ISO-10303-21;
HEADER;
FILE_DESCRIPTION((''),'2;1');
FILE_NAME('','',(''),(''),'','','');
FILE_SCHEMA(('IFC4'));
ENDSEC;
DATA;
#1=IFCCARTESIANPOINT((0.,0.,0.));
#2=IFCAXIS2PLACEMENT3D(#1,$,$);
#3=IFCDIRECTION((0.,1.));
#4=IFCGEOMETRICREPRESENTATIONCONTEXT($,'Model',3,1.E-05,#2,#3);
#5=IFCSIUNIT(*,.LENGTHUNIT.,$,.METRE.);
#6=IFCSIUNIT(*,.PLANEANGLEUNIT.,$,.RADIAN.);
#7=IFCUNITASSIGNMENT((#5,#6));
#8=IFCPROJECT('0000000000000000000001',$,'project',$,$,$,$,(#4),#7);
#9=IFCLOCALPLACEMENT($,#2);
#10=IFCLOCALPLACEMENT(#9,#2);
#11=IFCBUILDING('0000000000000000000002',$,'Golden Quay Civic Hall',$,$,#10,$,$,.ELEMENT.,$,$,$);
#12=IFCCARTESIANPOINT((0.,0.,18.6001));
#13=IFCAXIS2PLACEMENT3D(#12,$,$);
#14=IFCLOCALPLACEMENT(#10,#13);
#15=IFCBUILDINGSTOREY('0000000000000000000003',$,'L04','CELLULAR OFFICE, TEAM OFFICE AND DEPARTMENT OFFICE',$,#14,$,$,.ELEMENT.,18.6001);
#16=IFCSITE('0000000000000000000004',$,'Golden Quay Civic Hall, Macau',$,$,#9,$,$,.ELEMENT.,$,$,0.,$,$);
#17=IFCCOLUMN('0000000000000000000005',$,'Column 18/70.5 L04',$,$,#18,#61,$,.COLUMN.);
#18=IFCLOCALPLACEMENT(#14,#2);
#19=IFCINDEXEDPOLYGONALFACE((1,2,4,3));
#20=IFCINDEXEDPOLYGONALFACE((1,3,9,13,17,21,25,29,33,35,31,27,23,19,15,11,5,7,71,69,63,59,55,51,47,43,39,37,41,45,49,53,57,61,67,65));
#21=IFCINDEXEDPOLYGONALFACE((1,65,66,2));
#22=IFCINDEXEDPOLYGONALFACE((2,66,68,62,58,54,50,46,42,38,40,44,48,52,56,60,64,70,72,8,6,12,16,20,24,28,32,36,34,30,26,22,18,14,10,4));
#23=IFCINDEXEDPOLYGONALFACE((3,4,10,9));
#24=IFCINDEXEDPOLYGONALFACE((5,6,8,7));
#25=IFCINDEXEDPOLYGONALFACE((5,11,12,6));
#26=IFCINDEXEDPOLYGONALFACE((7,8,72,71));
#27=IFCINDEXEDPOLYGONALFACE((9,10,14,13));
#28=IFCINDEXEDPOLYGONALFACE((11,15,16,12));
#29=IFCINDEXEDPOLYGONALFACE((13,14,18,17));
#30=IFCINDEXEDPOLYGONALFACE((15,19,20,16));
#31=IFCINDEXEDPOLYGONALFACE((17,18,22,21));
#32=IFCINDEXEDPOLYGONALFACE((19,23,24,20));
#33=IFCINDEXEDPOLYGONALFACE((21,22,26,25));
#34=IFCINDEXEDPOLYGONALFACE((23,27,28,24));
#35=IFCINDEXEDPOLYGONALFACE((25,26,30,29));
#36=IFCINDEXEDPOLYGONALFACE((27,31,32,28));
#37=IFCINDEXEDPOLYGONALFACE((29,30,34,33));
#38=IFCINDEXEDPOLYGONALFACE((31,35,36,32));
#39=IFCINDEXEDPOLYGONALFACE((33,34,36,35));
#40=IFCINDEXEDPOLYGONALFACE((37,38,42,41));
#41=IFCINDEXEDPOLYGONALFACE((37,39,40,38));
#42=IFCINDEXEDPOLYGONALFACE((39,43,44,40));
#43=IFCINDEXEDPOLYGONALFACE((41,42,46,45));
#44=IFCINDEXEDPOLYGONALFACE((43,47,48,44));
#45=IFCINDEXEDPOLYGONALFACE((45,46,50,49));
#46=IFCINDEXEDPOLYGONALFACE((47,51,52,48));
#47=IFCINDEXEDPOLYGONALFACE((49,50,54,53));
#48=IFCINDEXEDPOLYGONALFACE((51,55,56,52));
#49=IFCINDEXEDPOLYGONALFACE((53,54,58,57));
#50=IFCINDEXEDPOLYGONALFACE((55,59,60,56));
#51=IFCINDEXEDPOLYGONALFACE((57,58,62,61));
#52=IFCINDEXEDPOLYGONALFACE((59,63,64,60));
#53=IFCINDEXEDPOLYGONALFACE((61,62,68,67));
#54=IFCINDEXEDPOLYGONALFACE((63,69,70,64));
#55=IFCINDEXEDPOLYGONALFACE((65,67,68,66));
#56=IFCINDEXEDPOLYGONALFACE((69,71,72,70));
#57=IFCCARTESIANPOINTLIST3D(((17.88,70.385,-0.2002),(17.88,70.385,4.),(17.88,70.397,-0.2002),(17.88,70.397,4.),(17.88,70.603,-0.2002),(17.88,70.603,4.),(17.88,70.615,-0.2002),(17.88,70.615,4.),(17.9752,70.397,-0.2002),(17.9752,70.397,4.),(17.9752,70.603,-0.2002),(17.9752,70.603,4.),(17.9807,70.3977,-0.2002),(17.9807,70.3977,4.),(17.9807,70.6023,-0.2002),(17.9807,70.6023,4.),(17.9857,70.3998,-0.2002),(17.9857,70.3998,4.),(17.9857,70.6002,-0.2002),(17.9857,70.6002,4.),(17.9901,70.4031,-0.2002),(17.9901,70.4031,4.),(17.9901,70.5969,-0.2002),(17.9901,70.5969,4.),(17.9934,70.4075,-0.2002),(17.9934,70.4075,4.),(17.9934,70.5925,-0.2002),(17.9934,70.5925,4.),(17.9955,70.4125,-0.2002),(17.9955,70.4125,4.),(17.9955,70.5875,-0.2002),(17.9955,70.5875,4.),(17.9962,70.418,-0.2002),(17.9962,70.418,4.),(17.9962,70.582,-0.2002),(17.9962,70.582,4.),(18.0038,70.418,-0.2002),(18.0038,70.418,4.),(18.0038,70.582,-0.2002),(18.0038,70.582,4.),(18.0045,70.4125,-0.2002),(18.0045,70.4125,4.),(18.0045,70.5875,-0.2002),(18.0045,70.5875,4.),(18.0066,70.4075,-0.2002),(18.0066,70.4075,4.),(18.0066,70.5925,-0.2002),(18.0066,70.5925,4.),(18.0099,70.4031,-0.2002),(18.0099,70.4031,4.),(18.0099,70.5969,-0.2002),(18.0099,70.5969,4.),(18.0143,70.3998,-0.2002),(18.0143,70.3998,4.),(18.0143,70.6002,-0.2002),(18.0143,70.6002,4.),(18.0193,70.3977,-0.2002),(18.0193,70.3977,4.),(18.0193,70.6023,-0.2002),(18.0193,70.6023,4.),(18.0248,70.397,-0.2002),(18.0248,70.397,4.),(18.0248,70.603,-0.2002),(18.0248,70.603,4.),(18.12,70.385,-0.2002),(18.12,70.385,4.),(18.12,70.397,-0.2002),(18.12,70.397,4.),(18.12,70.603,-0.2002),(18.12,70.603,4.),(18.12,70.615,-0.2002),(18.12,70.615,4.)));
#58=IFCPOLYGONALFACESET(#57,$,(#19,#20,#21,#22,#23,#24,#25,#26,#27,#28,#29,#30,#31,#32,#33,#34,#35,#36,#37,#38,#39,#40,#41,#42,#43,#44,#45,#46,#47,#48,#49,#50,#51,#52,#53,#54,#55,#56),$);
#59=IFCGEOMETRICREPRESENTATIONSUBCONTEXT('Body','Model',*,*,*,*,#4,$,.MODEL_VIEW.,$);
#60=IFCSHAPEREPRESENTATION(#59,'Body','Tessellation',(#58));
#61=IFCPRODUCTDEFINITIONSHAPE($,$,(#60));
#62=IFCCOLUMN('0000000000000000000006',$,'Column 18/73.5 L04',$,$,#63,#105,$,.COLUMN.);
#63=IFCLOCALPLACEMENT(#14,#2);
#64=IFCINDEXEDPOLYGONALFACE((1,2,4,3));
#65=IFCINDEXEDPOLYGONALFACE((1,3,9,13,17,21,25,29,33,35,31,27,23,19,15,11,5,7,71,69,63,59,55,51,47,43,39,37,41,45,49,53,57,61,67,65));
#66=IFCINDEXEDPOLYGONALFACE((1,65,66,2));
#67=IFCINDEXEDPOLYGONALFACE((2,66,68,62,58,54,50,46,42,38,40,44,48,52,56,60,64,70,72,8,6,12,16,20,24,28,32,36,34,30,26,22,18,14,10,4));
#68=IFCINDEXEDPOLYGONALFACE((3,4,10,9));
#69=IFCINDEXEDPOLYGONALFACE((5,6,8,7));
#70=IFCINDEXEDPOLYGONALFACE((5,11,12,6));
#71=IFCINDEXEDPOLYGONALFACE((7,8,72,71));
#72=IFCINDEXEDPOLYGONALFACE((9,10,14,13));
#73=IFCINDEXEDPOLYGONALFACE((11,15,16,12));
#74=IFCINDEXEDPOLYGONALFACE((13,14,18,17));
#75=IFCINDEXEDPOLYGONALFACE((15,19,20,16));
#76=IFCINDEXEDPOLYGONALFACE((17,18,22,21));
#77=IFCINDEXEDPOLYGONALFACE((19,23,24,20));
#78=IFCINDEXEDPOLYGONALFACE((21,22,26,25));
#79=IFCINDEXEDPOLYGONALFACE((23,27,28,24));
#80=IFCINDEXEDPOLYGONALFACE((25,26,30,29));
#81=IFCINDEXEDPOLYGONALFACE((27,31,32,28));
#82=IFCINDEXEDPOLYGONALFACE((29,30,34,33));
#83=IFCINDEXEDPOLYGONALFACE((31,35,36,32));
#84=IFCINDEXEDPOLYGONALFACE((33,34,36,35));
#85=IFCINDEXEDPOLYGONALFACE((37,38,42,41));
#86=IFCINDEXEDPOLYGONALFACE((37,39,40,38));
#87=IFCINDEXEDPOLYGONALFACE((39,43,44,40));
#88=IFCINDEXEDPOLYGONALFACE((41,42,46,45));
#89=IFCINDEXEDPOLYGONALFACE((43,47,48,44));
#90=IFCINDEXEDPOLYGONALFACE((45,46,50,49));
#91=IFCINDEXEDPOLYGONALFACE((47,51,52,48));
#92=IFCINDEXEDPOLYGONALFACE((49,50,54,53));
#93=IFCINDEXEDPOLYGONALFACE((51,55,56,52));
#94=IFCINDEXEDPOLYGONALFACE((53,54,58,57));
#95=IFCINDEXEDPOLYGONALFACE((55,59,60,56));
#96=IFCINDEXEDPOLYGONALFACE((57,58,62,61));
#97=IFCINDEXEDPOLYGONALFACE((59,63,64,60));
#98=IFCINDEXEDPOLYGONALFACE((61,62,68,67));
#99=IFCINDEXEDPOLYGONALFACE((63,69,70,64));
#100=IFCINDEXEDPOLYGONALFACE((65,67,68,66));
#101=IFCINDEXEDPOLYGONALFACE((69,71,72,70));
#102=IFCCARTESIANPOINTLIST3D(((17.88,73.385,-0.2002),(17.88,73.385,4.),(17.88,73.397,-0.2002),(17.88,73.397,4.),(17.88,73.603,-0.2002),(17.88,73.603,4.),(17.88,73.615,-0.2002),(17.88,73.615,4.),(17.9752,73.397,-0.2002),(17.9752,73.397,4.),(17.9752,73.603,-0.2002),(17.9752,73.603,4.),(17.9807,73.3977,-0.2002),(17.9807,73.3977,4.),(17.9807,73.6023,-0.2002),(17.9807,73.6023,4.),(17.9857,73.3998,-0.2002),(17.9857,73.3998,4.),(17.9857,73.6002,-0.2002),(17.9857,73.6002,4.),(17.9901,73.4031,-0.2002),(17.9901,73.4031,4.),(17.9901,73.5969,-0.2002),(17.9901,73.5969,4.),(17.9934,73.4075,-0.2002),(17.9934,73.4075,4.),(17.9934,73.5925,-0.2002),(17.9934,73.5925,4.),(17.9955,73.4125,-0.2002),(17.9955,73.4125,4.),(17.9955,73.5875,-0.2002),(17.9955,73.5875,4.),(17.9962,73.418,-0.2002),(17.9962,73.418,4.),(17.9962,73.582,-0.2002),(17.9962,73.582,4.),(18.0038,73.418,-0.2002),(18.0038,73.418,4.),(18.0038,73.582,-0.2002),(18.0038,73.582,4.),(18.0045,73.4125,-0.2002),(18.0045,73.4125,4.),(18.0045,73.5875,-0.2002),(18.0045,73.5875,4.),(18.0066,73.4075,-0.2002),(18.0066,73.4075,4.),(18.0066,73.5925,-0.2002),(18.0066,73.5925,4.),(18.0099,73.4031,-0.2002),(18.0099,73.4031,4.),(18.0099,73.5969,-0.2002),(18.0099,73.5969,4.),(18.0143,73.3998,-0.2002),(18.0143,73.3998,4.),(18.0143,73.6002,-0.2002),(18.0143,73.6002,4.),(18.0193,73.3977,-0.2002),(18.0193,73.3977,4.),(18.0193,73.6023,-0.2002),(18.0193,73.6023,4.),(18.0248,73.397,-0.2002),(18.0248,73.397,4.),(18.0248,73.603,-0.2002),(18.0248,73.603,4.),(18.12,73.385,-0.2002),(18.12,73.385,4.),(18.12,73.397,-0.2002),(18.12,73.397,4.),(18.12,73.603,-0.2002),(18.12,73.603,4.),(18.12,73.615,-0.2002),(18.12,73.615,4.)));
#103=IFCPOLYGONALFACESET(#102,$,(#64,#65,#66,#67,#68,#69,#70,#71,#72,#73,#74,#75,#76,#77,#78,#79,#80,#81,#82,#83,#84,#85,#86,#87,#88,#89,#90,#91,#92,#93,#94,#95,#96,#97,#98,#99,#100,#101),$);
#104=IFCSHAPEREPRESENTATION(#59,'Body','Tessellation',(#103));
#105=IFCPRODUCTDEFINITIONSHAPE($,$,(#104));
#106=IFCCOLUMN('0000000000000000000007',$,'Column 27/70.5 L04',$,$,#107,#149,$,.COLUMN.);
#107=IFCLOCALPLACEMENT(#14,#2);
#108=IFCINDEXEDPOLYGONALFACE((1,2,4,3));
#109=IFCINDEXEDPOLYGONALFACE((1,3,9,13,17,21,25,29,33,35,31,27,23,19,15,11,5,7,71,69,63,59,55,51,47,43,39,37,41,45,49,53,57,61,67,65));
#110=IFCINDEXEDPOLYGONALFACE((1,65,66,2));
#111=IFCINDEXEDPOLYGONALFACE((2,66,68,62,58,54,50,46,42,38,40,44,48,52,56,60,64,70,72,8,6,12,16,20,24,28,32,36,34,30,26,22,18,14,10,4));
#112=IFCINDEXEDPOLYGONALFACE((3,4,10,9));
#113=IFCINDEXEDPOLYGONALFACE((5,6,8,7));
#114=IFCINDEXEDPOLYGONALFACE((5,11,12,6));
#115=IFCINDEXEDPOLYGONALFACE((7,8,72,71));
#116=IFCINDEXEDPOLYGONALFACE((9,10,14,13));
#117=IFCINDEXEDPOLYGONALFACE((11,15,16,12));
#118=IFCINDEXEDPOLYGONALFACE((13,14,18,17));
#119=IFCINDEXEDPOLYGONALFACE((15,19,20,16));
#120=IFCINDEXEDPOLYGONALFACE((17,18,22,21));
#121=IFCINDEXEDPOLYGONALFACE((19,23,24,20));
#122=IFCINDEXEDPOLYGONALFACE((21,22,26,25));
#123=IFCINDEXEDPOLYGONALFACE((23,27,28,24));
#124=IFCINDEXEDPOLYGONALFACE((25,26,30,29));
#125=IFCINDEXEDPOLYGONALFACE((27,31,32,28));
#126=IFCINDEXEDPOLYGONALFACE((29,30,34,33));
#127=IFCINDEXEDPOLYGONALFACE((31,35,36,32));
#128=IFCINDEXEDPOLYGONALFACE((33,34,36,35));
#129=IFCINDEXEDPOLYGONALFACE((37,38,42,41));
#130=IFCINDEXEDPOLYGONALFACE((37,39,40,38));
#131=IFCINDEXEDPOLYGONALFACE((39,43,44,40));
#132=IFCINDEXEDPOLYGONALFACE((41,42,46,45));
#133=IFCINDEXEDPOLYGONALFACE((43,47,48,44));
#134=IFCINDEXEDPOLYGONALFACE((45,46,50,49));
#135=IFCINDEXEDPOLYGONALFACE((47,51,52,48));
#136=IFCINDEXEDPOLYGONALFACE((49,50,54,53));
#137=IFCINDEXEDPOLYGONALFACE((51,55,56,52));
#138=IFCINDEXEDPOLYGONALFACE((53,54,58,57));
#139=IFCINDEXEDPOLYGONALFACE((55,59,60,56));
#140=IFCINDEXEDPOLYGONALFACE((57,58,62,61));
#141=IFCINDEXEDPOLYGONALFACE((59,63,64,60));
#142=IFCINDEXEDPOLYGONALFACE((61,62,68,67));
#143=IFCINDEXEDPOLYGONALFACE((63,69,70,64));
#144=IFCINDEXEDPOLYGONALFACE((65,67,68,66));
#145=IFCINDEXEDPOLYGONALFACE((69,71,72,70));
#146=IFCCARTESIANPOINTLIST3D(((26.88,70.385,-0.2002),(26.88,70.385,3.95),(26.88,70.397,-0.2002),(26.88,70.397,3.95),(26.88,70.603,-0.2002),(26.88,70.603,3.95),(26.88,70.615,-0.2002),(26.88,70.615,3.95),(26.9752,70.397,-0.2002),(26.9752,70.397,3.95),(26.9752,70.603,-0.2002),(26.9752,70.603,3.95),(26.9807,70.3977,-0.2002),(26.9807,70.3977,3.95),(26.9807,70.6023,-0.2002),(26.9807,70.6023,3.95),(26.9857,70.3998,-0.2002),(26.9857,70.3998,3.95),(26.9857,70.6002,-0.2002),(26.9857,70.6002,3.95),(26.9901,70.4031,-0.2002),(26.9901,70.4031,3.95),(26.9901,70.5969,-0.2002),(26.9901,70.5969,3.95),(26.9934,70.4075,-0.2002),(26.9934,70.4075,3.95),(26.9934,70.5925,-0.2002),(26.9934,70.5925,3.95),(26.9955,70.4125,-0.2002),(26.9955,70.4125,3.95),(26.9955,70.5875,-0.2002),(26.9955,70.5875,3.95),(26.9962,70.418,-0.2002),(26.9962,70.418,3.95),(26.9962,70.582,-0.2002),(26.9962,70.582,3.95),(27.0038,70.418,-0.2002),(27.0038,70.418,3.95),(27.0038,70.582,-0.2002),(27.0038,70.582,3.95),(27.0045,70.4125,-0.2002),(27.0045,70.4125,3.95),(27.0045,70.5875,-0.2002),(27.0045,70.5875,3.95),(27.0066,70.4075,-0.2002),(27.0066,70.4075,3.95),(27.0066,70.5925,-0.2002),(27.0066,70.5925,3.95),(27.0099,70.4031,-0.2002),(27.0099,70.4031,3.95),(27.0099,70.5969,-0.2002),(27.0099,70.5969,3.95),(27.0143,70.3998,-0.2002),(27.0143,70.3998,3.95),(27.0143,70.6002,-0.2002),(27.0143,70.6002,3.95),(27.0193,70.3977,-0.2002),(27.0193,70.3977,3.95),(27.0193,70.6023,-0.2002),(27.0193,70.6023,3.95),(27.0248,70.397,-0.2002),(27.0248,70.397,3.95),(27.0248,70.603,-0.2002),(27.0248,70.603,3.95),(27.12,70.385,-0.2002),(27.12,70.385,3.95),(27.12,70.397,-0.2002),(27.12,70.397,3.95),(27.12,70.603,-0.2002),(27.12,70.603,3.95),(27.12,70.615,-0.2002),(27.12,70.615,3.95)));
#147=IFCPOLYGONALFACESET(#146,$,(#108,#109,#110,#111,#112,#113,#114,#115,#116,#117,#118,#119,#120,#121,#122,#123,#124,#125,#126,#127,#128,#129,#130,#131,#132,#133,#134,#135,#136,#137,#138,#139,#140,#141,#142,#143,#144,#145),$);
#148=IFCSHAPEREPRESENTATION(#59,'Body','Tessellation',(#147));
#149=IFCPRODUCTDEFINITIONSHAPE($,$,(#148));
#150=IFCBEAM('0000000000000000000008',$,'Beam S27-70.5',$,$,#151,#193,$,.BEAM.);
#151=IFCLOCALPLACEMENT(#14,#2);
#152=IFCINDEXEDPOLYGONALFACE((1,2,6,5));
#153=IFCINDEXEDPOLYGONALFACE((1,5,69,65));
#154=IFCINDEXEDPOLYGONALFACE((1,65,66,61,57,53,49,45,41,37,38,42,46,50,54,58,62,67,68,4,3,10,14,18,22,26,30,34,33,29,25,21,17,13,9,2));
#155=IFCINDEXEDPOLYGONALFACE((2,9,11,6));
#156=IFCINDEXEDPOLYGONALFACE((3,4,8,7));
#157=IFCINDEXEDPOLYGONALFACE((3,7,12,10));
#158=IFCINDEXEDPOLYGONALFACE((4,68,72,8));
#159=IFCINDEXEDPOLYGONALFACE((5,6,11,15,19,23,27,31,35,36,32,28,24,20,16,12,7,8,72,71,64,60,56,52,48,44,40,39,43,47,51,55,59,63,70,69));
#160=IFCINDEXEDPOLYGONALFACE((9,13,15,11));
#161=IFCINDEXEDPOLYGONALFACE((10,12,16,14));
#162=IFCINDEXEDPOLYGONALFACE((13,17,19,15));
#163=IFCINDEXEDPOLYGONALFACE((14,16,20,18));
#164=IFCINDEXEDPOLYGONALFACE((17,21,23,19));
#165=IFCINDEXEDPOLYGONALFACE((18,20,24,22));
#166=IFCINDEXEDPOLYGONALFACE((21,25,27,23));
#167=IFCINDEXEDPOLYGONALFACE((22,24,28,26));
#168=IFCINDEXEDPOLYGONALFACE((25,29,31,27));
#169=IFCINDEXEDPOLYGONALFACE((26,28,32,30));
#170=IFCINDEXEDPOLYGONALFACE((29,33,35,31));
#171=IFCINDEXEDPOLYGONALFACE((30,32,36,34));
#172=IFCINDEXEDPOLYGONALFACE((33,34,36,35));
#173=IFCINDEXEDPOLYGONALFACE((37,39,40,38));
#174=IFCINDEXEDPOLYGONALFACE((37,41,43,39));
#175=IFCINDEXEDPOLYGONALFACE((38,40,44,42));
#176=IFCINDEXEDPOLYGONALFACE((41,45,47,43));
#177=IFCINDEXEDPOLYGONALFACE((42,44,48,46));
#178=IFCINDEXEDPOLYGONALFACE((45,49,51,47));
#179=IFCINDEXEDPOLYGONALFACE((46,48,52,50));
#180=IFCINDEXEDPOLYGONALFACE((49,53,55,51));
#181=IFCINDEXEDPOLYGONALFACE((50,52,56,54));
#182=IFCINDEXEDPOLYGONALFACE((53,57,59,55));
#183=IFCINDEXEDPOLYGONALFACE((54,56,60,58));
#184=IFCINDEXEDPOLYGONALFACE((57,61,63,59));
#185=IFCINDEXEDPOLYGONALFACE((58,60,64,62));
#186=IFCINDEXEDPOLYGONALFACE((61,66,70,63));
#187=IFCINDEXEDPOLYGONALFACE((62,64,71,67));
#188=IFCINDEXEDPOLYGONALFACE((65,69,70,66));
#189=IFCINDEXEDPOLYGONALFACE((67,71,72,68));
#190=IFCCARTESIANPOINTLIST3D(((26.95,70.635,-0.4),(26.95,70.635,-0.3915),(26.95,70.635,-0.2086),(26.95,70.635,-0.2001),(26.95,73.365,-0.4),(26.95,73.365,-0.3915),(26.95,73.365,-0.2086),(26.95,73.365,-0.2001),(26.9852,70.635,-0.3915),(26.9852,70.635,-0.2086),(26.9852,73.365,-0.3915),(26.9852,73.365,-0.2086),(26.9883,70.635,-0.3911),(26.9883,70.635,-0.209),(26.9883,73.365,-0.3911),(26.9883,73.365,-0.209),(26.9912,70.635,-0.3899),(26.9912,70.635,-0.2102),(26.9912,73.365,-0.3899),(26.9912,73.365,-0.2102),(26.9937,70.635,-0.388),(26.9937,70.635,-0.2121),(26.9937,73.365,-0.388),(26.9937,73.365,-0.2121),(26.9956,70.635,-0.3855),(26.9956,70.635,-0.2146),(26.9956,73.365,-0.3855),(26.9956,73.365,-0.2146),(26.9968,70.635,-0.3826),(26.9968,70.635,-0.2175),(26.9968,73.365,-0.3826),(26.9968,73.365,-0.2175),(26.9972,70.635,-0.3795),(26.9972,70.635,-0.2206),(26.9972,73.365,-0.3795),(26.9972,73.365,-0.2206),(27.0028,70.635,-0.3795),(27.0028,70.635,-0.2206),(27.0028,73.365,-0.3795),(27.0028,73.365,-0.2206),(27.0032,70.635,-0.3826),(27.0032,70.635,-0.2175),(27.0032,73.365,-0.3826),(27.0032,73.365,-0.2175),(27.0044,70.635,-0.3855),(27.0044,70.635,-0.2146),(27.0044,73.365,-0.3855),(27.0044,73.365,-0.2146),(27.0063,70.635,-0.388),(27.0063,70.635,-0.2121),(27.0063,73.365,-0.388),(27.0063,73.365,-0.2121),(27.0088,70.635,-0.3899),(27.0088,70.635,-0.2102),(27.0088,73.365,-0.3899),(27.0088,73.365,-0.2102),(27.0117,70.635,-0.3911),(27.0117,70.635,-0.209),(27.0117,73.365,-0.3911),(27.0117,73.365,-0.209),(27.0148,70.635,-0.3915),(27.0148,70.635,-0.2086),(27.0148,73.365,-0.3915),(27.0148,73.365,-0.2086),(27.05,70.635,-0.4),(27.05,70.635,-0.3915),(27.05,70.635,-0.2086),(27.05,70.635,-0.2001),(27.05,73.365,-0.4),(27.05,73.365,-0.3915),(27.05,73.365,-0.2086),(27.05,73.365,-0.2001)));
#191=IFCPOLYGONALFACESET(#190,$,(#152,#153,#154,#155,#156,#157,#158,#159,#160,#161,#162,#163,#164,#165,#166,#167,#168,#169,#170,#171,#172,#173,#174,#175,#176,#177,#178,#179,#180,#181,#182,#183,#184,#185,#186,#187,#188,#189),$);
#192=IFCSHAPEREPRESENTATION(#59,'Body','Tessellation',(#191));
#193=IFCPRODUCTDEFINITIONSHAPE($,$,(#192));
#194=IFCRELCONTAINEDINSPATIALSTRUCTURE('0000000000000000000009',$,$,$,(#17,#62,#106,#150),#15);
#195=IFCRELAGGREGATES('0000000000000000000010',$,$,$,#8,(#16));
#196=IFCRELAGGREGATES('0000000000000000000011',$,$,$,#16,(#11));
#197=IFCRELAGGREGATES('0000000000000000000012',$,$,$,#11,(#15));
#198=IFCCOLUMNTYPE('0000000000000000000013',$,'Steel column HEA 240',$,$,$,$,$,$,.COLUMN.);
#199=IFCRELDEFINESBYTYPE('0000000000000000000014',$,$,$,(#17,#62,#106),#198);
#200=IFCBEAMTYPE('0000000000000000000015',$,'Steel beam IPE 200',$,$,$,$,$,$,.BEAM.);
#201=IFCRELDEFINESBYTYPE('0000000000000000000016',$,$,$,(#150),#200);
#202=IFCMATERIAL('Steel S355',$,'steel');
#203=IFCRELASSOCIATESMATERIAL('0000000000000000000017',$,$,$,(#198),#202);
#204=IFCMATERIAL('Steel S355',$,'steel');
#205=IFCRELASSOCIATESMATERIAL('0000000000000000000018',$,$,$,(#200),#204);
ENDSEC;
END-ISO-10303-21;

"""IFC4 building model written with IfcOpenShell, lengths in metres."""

from ifc_helpers import new_model, si_unit, direction, frame, origin, origin_2d, place, context, subcontext, project, spatial, i_section, extrude, material, material_profile, profile_set, type_object, element, save


model = new_model("IFC4")

# Units and contexts
model_context = context("Model", 3, precision=1e-05, world=origin(), true_north=direction((0.0, 1.0)))
body_context = subcontext(model_context, "Body", "Model", "MODEL_VIEW")
ifc_project = project(units=[si_unit("LENGTHUNIT", "METRE"), si_unit("PLANEANGLEUNIT", "RADIAN")], contexts=[model_context])

# Site, building, storey
site_placement = place(None, origin())
site = spatial("IfcSite", under=ifc_project, at=site_placement, Name="Golden Quay Civic Hall, Macau", CompositionType="ELEMENT", RefElevation=0.0)
building_placement = place(site_placement, origin())
building = spatial("IfcBuilding", under=site, at=building_placement, Name="Golden Quay Civic Hall", CompositionType="ELEMENT")
storey_placement = place(building_placement, frame((0.0, 0.0, 18.6001)))
storey = spatial("IfcBuildingStorey", under=building, at=storey_placement, Name="L04", Description="CELLULAR OFFICE, TEAM OFFICE AND DEPARTMENT OFFICE", CompositionType="ELEMENT", Elevation=18.6001)

# Columns
ifc_material_1 = material(Name="Steel S355", Category="steel")
ifc_material_profile_1 = material_profile(ifc_material_1, i_section(OverallWidth=0.24, OverallDepth=0.23, WebThickness=0.0076, FlangeThickness=0.012, FilletRadius=0.021, at=origin_2d()), Name="HEA 240")
ifc_profile_set_1 = profile_set([ifc_material_profile_1], Name="Steel S355")
column_type = type_object("IfcColumnType", Name="Steel column HEA 240", PredefinedType="COLUMN", material=ifc_profile_set_1)
for number, where, z_axis, x_axis, name in (
    (1, (18.0, 70.5, -0.2002), (0.0, 0.0, 1.0), (1.0, 0.0, 0.0), "Column 18/70.5 L04"),
    (2, (18.0, 73.5, -0.2002), (0.0, 0.0, 1.0), (1.0, 0.0, 0.0), "Column 18/73.5 L04"),
):
    element("IfcColumn", number, at=place(storey_placement, frame(where, z_axis=z_axis, x_axis=x_axis)), inside=storey, type_object=column_type, Name=name, PredefinedType="COLUMN", context=body_context, shape_type="SweptSolid", body=[
        extrude(i_section(OverallWidth=0.24, OverallDepth=0.23, WebThickness=0.0076, FlangeThickness=0.012, FilletRadius=0.021, at=origin_2d()), origin(), (0.0, 0.0, 1.0), 4.2002),
    ])
column_placement = place(storey_placement, frame((27.0, 70.5, -0.2002), z_axis=(0.0, 0.0, 1.0), x_axis=(1.0, 0.0, 0.0)))
element("IfcColumn", 3, at=column_placement, inside=storey, type_object=column_type, Name="Column 27/70.5 L04", PredefinedType="COLUMN", context=body_context, shape_type="SweptSolid", body=[
    extrude(i_section(OverallWidth=0.24, OverallDepth=0.23, WebThickness=0.0076, FlangeThickness=0.012, FilletRadius=0.021, at=origin_2d()), origin(), (0.0, 0.0, 1.0), 4.1501),
])

# Beam
ifc_material_2 = material(Name="Steel S355", Category="steel")
ifc_material_profile_2 = material_profile(ifc_material_2, i_section(OverallWidth=0.1001, OverallDepth=0.2, WebThickness=0.0056, FlangeThickness=0.0085, FilletRadius=0.012, at=origin_2d()), Name="IPE 200")
ifc_profile_set_2 = profile_set([ifc_material_profile_2], Name="Steel S355")
beam_type_1 = type_object("IfcBeamType", Name="Steel beam IPE 200", PredefinedType="BEAM", material=ifc_profile_set_2)
beam_1_placement = place(storey_placement, frame((27.0, 70.635, -0.3), z_axis=(0.0, 1.0, 0.0), x_axis=(-1.0, 0.0, 0.0)))
element("IfcBeam", 4, at=beam_1_placement, inside=storey, type_object=beam_type_1, Name="Beam S27-70.5", PredefinedType="BEAM", context=body_context, shape_type="SweptSolid", body=[
    extrude(i_section(OverallWidth=0.1001, OverallDepth=0.2, WebThickness=0.0056, FlangeThickness=0.0085, FilletRadius=0.012, at=origin_2d()), origin(), (0.0, 0.0, 1.0), 2.73),
])

save(model, "model.ifc")
